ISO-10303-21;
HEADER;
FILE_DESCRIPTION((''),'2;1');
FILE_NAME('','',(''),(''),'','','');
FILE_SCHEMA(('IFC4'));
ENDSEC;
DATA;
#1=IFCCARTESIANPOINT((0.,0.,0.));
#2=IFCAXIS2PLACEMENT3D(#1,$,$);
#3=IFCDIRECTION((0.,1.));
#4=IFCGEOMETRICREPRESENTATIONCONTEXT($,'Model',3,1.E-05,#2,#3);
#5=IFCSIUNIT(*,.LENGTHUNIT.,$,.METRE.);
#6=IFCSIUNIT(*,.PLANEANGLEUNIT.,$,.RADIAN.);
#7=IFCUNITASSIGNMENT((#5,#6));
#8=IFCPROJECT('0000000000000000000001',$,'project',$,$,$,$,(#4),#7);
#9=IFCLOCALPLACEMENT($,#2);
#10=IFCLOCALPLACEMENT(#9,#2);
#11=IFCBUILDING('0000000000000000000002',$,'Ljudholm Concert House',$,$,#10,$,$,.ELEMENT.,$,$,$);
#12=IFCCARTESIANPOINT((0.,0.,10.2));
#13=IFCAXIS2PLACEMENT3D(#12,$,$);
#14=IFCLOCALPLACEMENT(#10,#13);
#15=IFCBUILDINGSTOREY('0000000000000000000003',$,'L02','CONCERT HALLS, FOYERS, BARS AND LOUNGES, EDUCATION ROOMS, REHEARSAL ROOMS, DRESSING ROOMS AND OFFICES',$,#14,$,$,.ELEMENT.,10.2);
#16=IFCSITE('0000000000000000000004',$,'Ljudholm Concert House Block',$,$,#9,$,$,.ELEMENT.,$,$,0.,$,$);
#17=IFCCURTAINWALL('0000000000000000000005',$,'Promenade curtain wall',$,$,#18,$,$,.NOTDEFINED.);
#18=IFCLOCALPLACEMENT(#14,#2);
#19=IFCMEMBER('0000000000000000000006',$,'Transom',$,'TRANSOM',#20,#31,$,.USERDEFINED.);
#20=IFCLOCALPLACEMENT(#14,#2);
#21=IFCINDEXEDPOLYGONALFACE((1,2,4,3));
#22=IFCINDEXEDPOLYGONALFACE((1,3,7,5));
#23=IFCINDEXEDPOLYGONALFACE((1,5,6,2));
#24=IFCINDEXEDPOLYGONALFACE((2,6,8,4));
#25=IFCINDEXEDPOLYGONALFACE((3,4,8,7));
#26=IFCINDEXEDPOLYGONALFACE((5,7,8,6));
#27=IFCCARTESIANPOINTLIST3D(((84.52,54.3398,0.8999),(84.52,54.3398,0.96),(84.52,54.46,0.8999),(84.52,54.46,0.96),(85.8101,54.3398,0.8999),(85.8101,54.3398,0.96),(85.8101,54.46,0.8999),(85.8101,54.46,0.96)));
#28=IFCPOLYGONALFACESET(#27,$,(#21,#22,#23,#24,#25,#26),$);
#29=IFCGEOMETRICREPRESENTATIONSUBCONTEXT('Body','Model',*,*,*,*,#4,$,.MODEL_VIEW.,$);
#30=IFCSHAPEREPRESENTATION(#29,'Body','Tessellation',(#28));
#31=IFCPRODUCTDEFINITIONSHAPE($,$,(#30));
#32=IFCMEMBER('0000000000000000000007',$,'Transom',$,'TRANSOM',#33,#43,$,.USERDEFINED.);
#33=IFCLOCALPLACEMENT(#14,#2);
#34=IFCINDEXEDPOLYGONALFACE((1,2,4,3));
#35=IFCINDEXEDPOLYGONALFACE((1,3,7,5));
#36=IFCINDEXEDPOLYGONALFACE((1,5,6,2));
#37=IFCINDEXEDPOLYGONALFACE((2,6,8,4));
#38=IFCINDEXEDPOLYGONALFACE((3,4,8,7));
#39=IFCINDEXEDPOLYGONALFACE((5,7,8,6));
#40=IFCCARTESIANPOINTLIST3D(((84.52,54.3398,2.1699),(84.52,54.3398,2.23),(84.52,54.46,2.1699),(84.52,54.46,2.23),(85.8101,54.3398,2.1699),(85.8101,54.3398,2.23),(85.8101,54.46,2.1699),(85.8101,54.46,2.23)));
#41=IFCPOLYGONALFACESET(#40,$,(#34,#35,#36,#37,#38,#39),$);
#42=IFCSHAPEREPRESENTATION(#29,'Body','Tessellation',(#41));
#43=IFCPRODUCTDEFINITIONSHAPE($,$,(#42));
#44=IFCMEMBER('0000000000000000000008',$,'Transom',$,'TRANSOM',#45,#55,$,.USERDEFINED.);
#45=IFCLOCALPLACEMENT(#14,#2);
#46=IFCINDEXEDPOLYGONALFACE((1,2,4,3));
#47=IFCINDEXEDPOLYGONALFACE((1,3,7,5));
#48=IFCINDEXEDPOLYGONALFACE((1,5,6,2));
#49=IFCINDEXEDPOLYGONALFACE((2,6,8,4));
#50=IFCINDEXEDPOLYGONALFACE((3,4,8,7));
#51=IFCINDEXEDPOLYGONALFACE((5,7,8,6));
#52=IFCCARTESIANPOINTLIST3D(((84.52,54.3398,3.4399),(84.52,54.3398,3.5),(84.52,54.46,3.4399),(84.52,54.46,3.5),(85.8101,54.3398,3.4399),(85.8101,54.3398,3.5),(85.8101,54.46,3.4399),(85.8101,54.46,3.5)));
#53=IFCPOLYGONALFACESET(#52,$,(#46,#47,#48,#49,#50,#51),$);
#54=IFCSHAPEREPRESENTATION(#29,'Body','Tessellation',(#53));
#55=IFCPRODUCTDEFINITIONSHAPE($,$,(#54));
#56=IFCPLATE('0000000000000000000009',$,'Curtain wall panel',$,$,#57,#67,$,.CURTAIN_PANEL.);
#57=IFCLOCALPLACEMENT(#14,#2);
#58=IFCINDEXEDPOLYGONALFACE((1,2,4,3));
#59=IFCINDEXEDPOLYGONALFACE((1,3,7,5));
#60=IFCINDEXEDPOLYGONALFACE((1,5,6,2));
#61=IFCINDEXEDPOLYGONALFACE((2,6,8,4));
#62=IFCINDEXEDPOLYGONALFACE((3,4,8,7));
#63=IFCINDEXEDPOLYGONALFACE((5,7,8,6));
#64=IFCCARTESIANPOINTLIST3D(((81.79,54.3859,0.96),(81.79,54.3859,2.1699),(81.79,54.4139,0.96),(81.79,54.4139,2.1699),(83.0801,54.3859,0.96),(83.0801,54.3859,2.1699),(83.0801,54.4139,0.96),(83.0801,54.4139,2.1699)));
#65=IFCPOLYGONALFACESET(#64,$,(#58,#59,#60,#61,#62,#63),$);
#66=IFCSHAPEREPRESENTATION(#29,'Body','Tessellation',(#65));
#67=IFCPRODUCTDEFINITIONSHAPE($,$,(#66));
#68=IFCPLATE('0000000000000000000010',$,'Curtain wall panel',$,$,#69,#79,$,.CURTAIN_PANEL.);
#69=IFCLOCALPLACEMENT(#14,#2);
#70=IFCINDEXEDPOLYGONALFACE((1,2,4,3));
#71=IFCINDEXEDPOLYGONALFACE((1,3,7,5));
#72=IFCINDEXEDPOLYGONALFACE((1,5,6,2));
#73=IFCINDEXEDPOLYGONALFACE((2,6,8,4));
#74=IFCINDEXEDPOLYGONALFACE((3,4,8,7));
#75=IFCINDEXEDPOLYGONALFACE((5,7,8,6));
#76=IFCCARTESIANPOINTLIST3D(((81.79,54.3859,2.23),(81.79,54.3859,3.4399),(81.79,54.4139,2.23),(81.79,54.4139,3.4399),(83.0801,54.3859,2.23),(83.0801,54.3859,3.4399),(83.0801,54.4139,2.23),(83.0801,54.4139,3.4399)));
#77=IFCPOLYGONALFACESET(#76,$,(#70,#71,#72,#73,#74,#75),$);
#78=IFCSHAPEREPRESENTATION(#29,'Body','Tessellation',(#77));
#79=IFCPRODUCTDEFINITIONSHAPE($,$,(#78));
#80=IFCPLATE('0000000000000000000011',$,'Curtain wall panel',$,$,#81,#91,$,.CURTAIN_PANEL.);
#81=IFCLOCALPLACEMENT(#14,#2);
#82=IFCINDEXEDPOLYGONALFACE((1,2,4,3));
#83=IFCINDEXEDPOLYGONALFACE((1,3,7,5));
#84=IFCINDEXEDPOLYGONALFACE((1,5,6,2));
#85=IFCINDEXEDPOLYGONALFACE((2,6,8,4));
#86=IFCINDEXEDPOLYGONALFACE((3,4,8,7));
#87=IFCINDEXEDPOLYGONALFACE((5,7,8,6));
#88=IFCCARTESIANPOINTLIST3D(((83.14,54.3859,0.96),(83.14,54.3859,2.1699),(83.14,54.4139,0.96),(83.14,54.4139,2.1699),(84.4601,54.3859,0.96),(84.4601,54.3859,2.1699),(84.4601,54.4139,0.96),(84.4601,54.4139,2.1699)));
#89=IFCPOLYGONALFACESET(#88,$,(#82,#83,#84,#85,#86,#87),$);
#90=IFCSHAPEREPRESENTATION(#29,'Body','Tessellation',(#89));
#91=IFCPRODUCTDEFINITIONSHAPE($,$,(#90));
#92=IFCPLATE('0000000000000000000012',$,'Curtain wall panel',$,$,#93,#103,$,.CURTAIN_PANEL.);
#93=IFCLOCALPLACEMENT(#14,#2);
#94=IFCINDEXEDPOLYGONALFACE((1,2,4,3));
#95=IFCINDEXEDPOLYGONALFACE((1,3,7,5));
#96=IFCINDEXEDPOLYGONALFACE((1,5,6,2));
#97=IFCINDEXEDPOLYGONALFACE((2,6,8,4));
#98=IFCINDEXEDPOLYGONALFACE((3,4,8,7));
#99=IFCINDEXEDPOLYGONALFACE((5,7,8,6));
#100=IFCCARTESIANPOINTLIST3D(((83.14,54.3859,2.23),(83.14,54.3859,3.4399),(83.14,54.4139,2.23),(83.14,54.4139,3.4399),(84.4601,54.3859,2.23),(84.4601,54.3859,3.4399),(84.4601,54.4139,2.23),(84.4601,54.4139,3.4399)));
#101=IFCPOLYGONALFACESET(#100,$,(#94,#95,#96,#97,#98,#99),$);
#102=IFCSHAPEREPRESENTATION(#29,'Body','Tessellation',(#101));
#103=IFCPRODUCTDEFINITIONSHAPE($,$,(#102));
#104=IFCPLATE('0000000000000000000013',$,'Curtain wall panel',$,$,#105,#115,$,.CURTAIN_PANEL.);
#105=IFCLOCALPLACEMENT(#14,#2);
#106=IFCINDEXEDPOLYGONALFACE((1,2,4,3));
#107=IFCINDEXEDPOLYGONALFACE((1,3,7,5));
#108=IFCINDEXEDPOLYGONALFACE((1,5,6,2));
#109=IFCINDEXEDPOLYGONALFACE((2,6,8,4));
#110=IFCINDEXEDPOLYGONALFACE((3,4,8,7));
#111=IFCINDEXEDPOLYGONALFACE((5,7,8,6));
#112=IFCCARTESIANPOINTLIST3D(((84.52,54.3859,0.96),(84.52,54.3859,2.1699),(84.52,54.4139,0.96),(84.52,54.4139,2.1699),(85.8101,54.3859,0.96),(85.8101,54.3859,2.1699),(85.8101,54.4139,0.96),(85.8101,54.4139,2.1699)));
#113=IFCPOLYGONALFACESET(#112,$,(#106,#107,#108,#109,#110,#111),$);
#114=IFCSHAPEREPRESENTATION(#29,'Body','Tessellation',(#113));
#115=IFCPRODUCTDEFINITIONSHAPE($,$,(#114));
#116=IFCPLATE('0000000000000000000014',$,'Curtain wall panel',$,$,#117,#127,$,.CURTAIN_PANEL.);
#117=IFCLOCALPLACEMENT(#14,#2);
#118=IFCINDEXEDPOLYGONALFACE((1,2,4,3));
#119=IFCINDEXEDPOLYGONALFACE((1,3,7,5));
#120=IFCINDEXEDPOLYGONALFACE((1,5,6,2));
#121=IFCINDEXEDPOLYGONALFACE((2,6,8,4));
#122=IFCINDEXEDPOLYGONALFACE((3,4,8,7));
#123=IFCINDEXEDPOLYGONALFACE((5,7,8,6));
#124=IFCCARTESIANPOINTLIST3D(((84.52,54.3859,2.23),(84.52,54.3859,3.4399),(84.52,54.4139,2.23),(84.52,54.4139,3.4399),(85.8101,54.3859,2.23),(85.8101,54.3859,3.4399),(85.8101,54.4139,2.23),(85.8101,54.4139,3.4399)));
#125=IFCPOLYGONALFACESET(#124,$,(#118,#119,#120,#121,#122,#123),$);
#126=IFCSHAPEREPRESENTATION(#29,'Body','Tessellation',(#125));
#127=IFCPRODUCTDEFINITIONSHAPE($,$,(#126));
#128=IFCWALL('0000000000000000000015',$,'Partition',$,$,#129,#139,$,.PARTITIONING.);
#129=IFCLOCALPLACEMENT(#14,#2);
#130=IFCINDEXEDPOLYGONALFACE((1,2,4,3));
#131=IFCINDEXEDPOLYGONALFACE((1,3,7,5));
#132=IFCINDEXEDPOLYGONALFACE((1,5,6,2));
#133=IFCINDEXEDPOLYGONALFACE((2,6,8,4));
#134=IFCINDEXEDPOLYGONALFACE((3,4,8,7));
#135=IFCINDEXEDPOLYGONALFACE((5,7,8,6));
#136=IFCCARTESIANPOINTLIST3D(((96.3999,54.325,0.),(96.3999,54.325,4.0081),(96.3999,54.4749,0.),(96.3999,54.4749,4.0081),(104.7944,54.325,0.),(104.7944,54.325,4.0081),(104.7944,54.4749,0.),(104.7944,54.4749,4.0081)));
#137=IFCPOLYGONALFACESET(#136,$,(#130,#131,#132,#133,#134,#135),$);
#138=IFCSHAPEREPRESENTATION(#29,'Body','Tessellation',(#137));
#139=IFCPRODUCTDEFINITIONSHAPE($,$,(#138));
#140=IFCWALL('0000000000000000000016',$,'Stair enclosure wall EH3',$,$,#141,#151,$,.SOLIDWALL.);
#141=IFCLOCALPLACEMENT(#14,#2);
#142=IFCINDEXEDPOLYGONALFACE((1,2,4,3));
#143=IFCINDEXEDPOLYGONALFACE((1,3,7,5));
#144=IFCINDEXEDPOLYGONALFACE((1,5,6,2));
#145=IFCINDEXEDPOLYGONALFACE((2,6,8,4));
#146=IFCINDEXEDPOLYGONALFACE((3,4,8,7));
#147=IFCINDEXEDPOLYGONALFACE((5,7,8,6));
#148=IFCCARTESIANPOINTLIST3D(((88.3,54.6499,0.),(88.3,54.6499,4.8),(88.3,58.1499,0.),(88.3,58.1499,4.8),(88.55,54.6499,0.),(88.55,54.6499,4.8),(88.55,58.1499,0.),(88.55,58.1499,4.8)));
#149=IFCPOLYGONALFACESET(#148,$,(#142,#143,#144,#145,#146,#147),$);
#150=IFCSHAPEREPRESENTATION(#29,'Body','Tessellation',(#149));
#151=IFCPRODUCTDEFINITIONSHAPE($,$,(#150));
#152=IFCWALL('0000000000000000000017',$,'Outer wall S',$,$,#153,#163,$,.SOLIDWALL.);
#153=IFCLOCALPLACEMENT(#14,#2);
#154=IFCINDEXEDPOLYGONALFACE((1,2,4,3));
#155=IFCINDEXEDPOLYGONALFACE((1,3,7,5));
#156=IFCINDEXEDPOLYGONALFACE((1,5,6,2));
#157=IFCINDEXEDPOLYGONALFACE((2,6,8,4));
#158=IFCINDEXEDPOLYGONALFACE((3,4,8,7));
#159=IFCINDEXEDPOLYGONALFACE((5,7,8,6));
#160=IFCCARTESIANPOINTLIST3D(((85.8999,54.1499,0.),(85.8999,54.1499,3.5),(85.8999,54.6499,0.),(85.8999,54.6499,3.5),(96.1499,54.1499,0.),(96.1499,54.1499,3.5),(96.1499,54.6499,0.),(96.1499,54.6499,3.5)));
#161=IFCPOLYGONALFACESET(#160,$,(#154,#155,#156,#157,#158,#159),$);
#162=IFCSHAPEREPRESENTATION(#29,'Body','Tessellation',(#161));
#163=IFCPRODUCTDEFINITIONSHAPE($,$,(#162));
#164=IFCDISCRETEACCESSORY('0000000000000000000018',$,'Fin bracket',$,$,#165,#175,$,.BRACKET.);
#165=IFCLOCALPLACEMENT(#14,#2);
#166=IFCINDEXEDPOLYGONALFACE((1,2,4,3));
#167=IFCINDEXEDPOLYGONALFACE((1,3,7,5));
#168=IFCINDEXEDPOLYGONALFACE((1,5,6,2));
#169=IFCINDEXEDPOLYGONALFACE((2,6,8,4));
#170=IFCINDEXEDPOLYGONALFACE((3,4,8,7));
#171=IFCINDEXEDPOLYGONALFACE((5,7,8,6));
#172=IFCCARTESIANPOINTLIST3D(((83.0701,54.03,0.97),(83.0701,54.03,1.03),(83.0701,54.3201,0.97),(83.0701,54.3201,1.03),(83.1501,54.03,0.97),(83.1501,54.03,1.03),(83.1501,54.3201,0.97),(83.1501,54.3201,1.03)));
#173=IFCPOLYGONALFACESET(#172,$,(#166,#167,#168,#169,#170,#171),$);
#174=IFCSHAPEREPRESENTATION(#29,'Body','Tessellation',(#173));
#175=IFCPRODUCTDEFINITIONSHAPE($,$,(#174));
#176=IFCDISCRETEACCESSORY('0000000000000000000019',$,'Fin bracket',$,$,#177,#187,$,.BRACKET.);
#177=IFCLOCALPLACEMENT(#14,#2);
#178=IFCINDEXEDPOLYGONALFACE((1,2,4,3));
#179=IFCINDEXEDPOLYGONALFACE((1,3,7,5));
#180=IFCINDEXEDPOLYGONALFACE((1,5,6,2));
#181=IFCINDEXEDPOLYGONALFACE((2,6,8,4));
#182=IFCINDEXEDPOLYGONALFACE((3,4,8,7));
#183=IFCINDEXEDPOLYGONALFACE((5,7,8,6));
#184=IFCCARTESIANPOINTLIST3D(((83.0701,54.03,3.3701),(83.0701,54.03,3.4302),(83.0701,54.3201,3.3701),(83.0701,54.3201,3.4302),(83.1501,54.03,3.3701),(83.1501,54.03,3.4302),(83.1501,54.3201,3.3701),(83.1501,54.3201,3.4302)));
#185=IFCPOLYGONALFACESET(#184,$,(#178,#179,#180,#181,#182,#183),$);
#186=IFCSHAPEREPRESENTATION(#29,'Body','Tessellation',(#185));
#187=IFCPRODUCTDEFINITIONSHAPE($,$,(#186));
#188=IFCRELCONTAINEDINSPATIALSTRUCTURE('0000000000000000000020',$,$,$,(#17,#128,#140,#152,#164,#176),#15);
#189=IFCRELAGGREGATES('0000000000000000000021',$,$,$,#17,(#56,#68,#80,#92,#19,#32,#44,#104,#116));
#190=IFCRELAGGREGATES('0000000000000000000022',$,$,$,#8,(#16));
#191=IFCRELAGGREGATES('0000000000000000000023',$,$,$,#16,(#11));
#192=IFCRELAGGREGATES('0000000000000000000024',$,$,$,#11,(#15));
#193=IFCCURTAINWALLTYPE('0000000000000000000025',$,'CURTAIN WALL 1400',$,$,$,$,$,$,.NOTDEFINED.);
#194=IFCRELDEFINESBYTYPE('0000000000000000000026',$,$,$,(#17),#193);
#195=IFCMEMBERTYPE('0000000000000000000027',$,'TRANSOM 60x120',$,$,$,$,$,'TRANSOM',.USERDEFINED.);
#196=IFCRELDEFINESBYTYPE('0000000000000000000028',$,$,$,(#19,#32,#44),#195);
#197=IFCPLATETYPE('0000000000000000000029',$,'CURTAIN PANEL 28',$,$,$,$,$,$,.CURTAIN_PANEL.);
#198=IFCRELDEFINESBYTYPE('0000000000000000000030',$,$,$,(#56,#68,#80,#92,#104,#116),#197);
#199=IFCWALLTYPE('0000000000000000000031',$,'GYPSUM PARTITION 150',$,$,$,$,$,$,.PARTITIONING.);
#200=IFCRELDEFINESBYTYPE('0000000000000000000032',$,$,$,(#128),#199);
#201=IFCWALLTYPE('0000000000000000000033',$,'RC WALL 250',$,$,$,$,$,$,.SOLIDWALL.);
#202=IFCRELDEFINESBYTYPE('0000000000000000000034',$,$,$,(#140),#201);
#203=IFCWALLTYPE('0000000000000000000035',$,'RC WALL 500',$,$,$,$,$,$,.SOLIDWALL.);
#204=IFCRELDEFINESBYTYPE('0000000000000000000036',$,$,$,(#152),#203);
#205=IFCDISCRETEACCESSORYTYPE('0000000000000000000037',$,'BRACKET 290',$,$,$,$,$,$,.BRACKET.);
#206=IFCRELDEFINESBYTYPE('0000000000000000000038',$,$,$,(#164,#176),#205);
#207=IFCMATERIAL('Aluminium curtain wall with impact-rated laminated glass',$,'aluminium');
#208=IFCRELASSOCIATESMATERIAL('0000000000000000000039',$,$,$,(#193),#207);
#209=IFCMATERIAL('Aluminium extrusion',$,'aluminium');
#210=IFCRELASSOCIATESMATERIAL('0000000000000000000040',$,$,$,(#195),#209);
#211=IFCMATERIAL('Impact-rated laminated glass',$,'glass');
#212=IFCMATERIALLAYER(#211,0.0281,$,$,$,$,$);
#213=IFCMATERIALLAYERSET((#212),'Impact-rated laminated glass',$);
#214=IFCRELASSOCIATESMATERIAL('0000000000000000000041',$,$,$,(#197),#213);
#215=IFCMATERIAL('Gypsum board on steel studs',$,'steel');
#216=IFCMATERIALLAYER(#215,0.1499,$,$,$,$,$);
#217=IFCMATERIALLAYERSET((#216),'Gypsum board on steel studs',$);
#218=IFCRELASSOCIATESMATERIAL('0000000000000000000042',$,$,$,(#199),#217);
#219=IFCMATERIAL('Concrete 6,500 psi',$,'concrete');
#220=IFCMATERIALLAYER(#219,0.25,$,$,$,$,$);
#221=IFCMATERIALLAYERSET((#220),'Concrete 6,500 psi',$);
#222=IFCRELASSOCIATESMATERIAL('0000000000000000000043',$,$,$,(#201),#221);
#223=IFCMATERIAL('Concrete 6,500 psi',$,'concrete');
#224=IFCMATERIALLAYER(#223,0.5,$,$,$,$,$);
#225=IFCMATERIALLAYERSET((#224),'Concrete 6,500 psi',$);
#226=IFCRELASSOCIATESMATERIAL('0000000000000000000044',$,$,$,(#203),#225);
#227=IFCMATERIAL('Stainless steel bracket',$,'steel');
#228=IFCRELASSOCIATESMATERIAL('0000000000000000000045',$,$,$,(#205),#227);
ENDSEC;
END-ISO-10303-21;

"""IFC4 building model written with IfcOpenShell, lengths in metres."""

from ifc_helpers import new_model, si_unit, direction, frame, frame_2d, origin, origin_2d, place, context, subcontext, project, spatial, rectangle, extrude, material, layer, layer_set, material_profile, profile_set, type_object, element, aggregate, save


model = new_model("IFC4")

# Units and contexts
model_context = context("Model", 3, precision=1e-05, world=origin(), true_north=direction((0.0, 1.0)))
body_context = subcontext(model_context, "Body", "Model", "MODEL_VIEW")
ifc_project = project(units=[si_unit("LENGTHUNIT", "METRE"), si_unit("PLANEANGLEUNIT", "RADIAN")], contexts=[model_context])

# Site, building, storey
site_placement = place(None, origin())
site = spatial("IfcSite", under=ifc_project, at=site_placement, Name="Ljudholm Concert House Block", CompositionType="ELEMENT", RefElevation=0.0)
building_placement = place(site_placement, origin())
building = spatial("IfcBuilding", under=site, at=building_placement, Name="Ljudholm Concert House", CompositionType="ELEMENT")
storey_placement = place(building_placement, frame((0.0, 0.0, 10.2)))
storey = spatial("IfcBuildingStorey", under=building, at=storey_placement, Name="L02", Description="CONCERT HALLS, FOYERS, BARS AND LOUNGES, EDUCATION ROOMS, REHEARSAL ROOMS, DRESSING ROOMS AND OFFICES", CompositionType="ELEMENT", Elevation=10.2)

# Curtain wall
ifc_material_1 = material(Name="Aluminium curtain wall with impact-rated laminated glass", Category="aluminium")
curtain_wall_type = type_object("IfcCurtainWallType", Name="CURTAIN WALL 1400", PredefinedType="NOTDEFINED", material=ifc_material_1)
curtain_wall_placement = place(storey_placement, origin())
curtain_wall = element("IfcCurtainWall", 1, at=curtain_wall_placement, inside=storey, type_object=curtain_wall_type, Name="Promenade curtain wall", PredefinedType="NOTDEFINED")

# Members
ifc_material_2 = material(Name="Aluminium extrusion", Category="aluminium")
ifc_material_profile_1 = material_profile(ifc_material_2, rectangle(XDim=0.1201, YDim=0.0601, at=origin_2d()), Name="TRANSOM 60x120")
ifc_profile_set_1 = profile_set([ifc_material_profile_1], Name="Aluminium extrusion")
member_type_1 = type_object("IfcMemberType", Name="TRANSOM 60x120", ElementType="TRANSOM", PredefinedType="USERDEFINED", material=ifc_profile_set_1)
member_1_placement = place(storey_placement, frame((84.52, 54.3999, 0.9299), z_axis=(1.0, 0.0, 0.0), x_axis=(0.0, 1.0, 0.0)))
member_1 = element("IfcMember", 2, at=member_1_placement, type_object=member_type_1, Name="Transom", ObjectType="TRANSOM", PredefinedType="USERDEFINED", context=body_context, shape_type="SweptSolid", body=[
    extrude(rectangle(XDim=0.1201, YDim=0.0601, at=origin_2d()), origin(), (0.0, 0.0, 1.0), 1.29),
])
member_2_placement = place(storey_placement, frame((84.52, 54.3999, 2.2), z_axis=(1.0, 0.0, 0.0), x_axis=(0.0, 1.0, 0.0)))
member_2 = element("IfcMember", 3, at=member_2_placement, type_object=member_type_1, Name="Transom", ObjectType="TRANSOM", PredefinedType="USERDEFINED", context=body_context, shape_type="SweptSolid", body=[
    extrude(rectangle(XDim=0.1201, YDim=0.0601, at=origin_2d()), origin(), (0.0, 0.0, 1.0), 1.29),
])
member_3_placement = place(storey_placement, frame((84.52, 54.3999, 3.47), z_axis=(1.0, 0.0, 0.0), x_axis=(0.0, 1.0, 0.0)))
member_3 = element("IfcMember", 4, at=member_3_placement, type_object=member_type_1, Name="Transom", ObjectType="TRANSOM", PredefinedType="USERDEFINED", context=body_context, shape_type="SweptSolid", body=[
    extrude(rectangle(XDim=0.1201, YDim=0.0601, at=origin_2d()), origin(), (0.0, 0.0, 1.0), 1.29),
])

# Plates
ifc_material_3 = material(Name="Impact-rated laminated glass", Category="glass")
ifc_layer_1 = layer(ifc_material_3, 0.0281)
ifc_layer_set_1 = layer_set([ifc_layer_1], Name="Impact-rated laminated glass")
plate_type = type_object("IfcPlateType", Name="CURTAIN PANEL 28", PredefinedType="CURTAIN_PANEL", material=ifc_layer_set_1)
plate_1_placement = place(storey_placement, frame((82.4351, 54.3999, 0.96), z_axis=(0.0, 0.0, 1.0), x_axis=(1.0, 0.0, 0.0)))
plate_1 = element("IfcPlate", 5, at=plate_1_placement, type_object=plate_type, Name="Curtain wall panel", PredefinedType="CURTAIN_PANEL", context=body_context, shape_type="SweptSolid", body=[
    extrude(rectangle(XDim=1.29, YDim=0.0281, at=origin_2d()), origin(), (0.0, 0.0, 1.0), 1.21),
])
plate_2_placement = place(storey_placement, frame((82.4351, 54.3999, 2.23), z_axis=(0.0, 0.0, 1.0), x_axis=(1.0, 0.0, 0.0)))
plate_2 = element("IfcPlate", 6, at=plate_2_placement, type_object=plate_type, Name="Curtain wall panel", PredefinedType="CURTAIN_PANEL", context=body_context, shape_type="SweptSolid", body=[
    extrude(rectangle(XDim=1.29, YDim=0.0281, at=origin_2d()), origin(), (0.0, 0.0, 1.0), 1.21),
])
plate_3_placement = place(storey_placement, frame((83.8, 54.3999, 0.96), z_axis=(0.0, 0.0, 1.0), x_axis=(1.0, 0.0, 0.0)))
plate_3 = element("IfcPlate", 7, at=plate_3_placement, type_object=plate_type, Name="Curtain wall panel", PredefinedType="CURTAIN_PANEL", context=body_context, shape_type="SweptSolid", body=[
    extrude(rectangle(XDim=1.3201, YDim=0.0281, at=origin_2d()), origin(), (0.0, 0.0, 1.0), 1.21),
])
plate_4_placement = place(storey_placement, frame((83.8, 54.3999, 2.23), z_axis=(0.0, 0.0, 1.0), x_axis=(1.0, 0.0, 0.0)))
plate_4 = element("IfcPlate", 8, at=plate_4_placement, type_object=plate_type, Name="Curtain wall panel", PredefinedType="CURTAIN_PANEL", context=body_context, shape_type="SweptSolid", body=[
    extrude(rectangle(XDim=1.3201, YDim=0.0281, at=origin_2d()), origin(), (0.0, 0.0, 1.0), 1.21),
])
plate_5_placement = place(storey_placement, frame((85.165, 54.3999, 0.96), z_axis=(0.0, 0.0, 1.0), x_axis=(1.0, 0.0, 0.0)))
plate_5 = element("IfcPlate", 9, at=plate_5_placement, type_object=plate_type, Name="Curtain wall panel", PredefinedType="CURTAIN_PANEL", context=body_context, shape_type="SweptSolid", body=[
    extrude(rectangle(XDim=1.29, YDim=0.0281, at=origin_2d()), origin(), (0.0, 0.0, 1.0), 1.21),
])
plate_6_placement = place(storey_placement, frame((85.165, 54.3999, 2.23), z_axis=(0.0, 0.0, 1.0), x_axis=(1.0, 0.0, 0.0)))
plate_6 = element("IfcPlate", 10, at=plate_6_placement, type_object=plate_type, Name="Curtain wall panel", PredefinedType="CURTAIN_PANEL", context=body_context, shape_type="SweptSolid", body=[
    extrude(rectangle(XDim=1.29, YDim=0.0281, at=origin_2d()), origin(), (0.0, 0.0, 1.0), 1.21),
])
aggregate(curtain_wall, [plate_1, plate_2, plate_3, plate_4, member_1, member_2, member_3, plate_5, plate_6])

# Walls
ifc_material_4 = material(Name="Gypsum board on steel studs", Category="steel")
ifc_layer_2 = layer(ifc_material_4, 0.1499)
ifc_layer_set_2 = layer_set([ifc_layer_2], Name="Gypsum board on steel studs")
wall_type_1 = type_object("IfcWallType", Name="GYPSUM PARTITION 150", PredefinedType="PARTITIONING", material=ifc_layer_set_2)
wall_1_placement = place(storey_placement, frame((96.3999, 54.3999, 0.0), z_axis=(0.0, 0.0, 1.0), x_axis=(1.0, 0.0, 0.0)))
element("IfcWall", 11, at=wall_1_placement, inside=storey, type_object=wall_type_1, Name="Partition", PredefinedType="PARTITIONING", context=body_context, shape_type="SweptSolid", body=[
    extrude(rectangle(XDim=8.3945, YDim=0.1499, at=frame_2d((4.1973, 0.0))), origin(), (0.0, 0.0, 1.0), 4.0081),
])
ifc_material_5 = material(Name="Concrete 6,500 psi", Category="concrete")
ifc_layer_3 = layer(ifc_material_5, 0.25)
ifc_layer_set_3 = layer_set([ifc_layer_3], Name="Concrete 6,500 psi")
wall_type_2 = type_object("IfcWallType", Name="RC WALL 250", PredefinedType="SOLIDWALL", material=ifc_layer_set_3)
wall_2_placement = place(storey_placement, frame((88.425, 54.6499, 0.0), z_axis=(0.0, 0.0, 1.0), x_axis=(0.0, 1.0, 0.0)))
element("IfcWall", 12, at=wall_2_placement, inside=storey, type_object=wall_type_2, Name="Stair enclosure wall EH3", PredefinedType="SOLIDWALL", context=body_context, shape_type="SweptSolid", body=[
    extrude(rectangle(XDim=3.5, YDim=0.25, at=frame_2d((1.75, 0.0))), origin(), (0.0, 0.0, 1.0), 4.8),
])
ifc_material_6 = material(Name="Concrete 6,500 psi", Category="concrete")
ifc_layer_4 = layer(ifc_material_6, 0.5)
ifc_layer_set_4 = layer_set([ifc_layer_4], Name="Concrete 6,500 psi")
wall_type_3 = type_object("IfcWallType", Name="RC WALL 500", PredefinedType="SOLIDWALL", material=ifc_layer_set_4)
wall_3_placement = place(storey_placement, frame((85.8999, 54.3999, 0.0), z_axis=(0.0, 0.0, 1.0), x_axis=(1.0, 0.0, 0.0)))
element("IfcWall", 13, at=wall_3_placement, inside=storey, type_object=wall_type_3, Name="Outer wall S", PredefinedType="SOLIDWALL", context=body_context, shape_type="SweptSolid", body=[
    extrude(rectangle(XDim=10.25, YDim=0.5, at=frame_2d((5.125, 0.0))), origin(), (0.0, 0.0, 1.0), 3.5),
])

# Discrete accessories
ifc_material_7 = material(Name="Stainless steel bracket", Category="steel")
discrete_accessory_type = type_object("IfcDiscreteAccessoryType", Name="BRACKET 290", PredefinedType="BRACKET", material=ifc_material_7)
for number, where, z_axis, x_axis, name in (
    (14, (83.1101, 54.175, 0.97), (0.0, 0.0, 1.0), (0.0, -1.0, 0.0), "Fin bracket"),
    (15, (83.1101, 54.175, 3.3701), (0.0, 0.0, 1.0), (0.0, -1.0, 0.0), "Fin bracket"),
):
    element("IfcDiscreteAccessory", number, at=place(storey_placement, frame(where, z_axis=z_axis, x_axis=x_axis)), inside=storey, type_object=discrete_accessory_type, Name=name, PredefinedType="BRACKET", context=body_context, shape_type="SweptSolid", body=[
        extrude(rectangle(XDim=0.29, YDim=0.0801, at=origin_2d()), origin(), (0.0, 0.0, 1.0), 0.0601),
    ])

save(model, "model.ifc")
